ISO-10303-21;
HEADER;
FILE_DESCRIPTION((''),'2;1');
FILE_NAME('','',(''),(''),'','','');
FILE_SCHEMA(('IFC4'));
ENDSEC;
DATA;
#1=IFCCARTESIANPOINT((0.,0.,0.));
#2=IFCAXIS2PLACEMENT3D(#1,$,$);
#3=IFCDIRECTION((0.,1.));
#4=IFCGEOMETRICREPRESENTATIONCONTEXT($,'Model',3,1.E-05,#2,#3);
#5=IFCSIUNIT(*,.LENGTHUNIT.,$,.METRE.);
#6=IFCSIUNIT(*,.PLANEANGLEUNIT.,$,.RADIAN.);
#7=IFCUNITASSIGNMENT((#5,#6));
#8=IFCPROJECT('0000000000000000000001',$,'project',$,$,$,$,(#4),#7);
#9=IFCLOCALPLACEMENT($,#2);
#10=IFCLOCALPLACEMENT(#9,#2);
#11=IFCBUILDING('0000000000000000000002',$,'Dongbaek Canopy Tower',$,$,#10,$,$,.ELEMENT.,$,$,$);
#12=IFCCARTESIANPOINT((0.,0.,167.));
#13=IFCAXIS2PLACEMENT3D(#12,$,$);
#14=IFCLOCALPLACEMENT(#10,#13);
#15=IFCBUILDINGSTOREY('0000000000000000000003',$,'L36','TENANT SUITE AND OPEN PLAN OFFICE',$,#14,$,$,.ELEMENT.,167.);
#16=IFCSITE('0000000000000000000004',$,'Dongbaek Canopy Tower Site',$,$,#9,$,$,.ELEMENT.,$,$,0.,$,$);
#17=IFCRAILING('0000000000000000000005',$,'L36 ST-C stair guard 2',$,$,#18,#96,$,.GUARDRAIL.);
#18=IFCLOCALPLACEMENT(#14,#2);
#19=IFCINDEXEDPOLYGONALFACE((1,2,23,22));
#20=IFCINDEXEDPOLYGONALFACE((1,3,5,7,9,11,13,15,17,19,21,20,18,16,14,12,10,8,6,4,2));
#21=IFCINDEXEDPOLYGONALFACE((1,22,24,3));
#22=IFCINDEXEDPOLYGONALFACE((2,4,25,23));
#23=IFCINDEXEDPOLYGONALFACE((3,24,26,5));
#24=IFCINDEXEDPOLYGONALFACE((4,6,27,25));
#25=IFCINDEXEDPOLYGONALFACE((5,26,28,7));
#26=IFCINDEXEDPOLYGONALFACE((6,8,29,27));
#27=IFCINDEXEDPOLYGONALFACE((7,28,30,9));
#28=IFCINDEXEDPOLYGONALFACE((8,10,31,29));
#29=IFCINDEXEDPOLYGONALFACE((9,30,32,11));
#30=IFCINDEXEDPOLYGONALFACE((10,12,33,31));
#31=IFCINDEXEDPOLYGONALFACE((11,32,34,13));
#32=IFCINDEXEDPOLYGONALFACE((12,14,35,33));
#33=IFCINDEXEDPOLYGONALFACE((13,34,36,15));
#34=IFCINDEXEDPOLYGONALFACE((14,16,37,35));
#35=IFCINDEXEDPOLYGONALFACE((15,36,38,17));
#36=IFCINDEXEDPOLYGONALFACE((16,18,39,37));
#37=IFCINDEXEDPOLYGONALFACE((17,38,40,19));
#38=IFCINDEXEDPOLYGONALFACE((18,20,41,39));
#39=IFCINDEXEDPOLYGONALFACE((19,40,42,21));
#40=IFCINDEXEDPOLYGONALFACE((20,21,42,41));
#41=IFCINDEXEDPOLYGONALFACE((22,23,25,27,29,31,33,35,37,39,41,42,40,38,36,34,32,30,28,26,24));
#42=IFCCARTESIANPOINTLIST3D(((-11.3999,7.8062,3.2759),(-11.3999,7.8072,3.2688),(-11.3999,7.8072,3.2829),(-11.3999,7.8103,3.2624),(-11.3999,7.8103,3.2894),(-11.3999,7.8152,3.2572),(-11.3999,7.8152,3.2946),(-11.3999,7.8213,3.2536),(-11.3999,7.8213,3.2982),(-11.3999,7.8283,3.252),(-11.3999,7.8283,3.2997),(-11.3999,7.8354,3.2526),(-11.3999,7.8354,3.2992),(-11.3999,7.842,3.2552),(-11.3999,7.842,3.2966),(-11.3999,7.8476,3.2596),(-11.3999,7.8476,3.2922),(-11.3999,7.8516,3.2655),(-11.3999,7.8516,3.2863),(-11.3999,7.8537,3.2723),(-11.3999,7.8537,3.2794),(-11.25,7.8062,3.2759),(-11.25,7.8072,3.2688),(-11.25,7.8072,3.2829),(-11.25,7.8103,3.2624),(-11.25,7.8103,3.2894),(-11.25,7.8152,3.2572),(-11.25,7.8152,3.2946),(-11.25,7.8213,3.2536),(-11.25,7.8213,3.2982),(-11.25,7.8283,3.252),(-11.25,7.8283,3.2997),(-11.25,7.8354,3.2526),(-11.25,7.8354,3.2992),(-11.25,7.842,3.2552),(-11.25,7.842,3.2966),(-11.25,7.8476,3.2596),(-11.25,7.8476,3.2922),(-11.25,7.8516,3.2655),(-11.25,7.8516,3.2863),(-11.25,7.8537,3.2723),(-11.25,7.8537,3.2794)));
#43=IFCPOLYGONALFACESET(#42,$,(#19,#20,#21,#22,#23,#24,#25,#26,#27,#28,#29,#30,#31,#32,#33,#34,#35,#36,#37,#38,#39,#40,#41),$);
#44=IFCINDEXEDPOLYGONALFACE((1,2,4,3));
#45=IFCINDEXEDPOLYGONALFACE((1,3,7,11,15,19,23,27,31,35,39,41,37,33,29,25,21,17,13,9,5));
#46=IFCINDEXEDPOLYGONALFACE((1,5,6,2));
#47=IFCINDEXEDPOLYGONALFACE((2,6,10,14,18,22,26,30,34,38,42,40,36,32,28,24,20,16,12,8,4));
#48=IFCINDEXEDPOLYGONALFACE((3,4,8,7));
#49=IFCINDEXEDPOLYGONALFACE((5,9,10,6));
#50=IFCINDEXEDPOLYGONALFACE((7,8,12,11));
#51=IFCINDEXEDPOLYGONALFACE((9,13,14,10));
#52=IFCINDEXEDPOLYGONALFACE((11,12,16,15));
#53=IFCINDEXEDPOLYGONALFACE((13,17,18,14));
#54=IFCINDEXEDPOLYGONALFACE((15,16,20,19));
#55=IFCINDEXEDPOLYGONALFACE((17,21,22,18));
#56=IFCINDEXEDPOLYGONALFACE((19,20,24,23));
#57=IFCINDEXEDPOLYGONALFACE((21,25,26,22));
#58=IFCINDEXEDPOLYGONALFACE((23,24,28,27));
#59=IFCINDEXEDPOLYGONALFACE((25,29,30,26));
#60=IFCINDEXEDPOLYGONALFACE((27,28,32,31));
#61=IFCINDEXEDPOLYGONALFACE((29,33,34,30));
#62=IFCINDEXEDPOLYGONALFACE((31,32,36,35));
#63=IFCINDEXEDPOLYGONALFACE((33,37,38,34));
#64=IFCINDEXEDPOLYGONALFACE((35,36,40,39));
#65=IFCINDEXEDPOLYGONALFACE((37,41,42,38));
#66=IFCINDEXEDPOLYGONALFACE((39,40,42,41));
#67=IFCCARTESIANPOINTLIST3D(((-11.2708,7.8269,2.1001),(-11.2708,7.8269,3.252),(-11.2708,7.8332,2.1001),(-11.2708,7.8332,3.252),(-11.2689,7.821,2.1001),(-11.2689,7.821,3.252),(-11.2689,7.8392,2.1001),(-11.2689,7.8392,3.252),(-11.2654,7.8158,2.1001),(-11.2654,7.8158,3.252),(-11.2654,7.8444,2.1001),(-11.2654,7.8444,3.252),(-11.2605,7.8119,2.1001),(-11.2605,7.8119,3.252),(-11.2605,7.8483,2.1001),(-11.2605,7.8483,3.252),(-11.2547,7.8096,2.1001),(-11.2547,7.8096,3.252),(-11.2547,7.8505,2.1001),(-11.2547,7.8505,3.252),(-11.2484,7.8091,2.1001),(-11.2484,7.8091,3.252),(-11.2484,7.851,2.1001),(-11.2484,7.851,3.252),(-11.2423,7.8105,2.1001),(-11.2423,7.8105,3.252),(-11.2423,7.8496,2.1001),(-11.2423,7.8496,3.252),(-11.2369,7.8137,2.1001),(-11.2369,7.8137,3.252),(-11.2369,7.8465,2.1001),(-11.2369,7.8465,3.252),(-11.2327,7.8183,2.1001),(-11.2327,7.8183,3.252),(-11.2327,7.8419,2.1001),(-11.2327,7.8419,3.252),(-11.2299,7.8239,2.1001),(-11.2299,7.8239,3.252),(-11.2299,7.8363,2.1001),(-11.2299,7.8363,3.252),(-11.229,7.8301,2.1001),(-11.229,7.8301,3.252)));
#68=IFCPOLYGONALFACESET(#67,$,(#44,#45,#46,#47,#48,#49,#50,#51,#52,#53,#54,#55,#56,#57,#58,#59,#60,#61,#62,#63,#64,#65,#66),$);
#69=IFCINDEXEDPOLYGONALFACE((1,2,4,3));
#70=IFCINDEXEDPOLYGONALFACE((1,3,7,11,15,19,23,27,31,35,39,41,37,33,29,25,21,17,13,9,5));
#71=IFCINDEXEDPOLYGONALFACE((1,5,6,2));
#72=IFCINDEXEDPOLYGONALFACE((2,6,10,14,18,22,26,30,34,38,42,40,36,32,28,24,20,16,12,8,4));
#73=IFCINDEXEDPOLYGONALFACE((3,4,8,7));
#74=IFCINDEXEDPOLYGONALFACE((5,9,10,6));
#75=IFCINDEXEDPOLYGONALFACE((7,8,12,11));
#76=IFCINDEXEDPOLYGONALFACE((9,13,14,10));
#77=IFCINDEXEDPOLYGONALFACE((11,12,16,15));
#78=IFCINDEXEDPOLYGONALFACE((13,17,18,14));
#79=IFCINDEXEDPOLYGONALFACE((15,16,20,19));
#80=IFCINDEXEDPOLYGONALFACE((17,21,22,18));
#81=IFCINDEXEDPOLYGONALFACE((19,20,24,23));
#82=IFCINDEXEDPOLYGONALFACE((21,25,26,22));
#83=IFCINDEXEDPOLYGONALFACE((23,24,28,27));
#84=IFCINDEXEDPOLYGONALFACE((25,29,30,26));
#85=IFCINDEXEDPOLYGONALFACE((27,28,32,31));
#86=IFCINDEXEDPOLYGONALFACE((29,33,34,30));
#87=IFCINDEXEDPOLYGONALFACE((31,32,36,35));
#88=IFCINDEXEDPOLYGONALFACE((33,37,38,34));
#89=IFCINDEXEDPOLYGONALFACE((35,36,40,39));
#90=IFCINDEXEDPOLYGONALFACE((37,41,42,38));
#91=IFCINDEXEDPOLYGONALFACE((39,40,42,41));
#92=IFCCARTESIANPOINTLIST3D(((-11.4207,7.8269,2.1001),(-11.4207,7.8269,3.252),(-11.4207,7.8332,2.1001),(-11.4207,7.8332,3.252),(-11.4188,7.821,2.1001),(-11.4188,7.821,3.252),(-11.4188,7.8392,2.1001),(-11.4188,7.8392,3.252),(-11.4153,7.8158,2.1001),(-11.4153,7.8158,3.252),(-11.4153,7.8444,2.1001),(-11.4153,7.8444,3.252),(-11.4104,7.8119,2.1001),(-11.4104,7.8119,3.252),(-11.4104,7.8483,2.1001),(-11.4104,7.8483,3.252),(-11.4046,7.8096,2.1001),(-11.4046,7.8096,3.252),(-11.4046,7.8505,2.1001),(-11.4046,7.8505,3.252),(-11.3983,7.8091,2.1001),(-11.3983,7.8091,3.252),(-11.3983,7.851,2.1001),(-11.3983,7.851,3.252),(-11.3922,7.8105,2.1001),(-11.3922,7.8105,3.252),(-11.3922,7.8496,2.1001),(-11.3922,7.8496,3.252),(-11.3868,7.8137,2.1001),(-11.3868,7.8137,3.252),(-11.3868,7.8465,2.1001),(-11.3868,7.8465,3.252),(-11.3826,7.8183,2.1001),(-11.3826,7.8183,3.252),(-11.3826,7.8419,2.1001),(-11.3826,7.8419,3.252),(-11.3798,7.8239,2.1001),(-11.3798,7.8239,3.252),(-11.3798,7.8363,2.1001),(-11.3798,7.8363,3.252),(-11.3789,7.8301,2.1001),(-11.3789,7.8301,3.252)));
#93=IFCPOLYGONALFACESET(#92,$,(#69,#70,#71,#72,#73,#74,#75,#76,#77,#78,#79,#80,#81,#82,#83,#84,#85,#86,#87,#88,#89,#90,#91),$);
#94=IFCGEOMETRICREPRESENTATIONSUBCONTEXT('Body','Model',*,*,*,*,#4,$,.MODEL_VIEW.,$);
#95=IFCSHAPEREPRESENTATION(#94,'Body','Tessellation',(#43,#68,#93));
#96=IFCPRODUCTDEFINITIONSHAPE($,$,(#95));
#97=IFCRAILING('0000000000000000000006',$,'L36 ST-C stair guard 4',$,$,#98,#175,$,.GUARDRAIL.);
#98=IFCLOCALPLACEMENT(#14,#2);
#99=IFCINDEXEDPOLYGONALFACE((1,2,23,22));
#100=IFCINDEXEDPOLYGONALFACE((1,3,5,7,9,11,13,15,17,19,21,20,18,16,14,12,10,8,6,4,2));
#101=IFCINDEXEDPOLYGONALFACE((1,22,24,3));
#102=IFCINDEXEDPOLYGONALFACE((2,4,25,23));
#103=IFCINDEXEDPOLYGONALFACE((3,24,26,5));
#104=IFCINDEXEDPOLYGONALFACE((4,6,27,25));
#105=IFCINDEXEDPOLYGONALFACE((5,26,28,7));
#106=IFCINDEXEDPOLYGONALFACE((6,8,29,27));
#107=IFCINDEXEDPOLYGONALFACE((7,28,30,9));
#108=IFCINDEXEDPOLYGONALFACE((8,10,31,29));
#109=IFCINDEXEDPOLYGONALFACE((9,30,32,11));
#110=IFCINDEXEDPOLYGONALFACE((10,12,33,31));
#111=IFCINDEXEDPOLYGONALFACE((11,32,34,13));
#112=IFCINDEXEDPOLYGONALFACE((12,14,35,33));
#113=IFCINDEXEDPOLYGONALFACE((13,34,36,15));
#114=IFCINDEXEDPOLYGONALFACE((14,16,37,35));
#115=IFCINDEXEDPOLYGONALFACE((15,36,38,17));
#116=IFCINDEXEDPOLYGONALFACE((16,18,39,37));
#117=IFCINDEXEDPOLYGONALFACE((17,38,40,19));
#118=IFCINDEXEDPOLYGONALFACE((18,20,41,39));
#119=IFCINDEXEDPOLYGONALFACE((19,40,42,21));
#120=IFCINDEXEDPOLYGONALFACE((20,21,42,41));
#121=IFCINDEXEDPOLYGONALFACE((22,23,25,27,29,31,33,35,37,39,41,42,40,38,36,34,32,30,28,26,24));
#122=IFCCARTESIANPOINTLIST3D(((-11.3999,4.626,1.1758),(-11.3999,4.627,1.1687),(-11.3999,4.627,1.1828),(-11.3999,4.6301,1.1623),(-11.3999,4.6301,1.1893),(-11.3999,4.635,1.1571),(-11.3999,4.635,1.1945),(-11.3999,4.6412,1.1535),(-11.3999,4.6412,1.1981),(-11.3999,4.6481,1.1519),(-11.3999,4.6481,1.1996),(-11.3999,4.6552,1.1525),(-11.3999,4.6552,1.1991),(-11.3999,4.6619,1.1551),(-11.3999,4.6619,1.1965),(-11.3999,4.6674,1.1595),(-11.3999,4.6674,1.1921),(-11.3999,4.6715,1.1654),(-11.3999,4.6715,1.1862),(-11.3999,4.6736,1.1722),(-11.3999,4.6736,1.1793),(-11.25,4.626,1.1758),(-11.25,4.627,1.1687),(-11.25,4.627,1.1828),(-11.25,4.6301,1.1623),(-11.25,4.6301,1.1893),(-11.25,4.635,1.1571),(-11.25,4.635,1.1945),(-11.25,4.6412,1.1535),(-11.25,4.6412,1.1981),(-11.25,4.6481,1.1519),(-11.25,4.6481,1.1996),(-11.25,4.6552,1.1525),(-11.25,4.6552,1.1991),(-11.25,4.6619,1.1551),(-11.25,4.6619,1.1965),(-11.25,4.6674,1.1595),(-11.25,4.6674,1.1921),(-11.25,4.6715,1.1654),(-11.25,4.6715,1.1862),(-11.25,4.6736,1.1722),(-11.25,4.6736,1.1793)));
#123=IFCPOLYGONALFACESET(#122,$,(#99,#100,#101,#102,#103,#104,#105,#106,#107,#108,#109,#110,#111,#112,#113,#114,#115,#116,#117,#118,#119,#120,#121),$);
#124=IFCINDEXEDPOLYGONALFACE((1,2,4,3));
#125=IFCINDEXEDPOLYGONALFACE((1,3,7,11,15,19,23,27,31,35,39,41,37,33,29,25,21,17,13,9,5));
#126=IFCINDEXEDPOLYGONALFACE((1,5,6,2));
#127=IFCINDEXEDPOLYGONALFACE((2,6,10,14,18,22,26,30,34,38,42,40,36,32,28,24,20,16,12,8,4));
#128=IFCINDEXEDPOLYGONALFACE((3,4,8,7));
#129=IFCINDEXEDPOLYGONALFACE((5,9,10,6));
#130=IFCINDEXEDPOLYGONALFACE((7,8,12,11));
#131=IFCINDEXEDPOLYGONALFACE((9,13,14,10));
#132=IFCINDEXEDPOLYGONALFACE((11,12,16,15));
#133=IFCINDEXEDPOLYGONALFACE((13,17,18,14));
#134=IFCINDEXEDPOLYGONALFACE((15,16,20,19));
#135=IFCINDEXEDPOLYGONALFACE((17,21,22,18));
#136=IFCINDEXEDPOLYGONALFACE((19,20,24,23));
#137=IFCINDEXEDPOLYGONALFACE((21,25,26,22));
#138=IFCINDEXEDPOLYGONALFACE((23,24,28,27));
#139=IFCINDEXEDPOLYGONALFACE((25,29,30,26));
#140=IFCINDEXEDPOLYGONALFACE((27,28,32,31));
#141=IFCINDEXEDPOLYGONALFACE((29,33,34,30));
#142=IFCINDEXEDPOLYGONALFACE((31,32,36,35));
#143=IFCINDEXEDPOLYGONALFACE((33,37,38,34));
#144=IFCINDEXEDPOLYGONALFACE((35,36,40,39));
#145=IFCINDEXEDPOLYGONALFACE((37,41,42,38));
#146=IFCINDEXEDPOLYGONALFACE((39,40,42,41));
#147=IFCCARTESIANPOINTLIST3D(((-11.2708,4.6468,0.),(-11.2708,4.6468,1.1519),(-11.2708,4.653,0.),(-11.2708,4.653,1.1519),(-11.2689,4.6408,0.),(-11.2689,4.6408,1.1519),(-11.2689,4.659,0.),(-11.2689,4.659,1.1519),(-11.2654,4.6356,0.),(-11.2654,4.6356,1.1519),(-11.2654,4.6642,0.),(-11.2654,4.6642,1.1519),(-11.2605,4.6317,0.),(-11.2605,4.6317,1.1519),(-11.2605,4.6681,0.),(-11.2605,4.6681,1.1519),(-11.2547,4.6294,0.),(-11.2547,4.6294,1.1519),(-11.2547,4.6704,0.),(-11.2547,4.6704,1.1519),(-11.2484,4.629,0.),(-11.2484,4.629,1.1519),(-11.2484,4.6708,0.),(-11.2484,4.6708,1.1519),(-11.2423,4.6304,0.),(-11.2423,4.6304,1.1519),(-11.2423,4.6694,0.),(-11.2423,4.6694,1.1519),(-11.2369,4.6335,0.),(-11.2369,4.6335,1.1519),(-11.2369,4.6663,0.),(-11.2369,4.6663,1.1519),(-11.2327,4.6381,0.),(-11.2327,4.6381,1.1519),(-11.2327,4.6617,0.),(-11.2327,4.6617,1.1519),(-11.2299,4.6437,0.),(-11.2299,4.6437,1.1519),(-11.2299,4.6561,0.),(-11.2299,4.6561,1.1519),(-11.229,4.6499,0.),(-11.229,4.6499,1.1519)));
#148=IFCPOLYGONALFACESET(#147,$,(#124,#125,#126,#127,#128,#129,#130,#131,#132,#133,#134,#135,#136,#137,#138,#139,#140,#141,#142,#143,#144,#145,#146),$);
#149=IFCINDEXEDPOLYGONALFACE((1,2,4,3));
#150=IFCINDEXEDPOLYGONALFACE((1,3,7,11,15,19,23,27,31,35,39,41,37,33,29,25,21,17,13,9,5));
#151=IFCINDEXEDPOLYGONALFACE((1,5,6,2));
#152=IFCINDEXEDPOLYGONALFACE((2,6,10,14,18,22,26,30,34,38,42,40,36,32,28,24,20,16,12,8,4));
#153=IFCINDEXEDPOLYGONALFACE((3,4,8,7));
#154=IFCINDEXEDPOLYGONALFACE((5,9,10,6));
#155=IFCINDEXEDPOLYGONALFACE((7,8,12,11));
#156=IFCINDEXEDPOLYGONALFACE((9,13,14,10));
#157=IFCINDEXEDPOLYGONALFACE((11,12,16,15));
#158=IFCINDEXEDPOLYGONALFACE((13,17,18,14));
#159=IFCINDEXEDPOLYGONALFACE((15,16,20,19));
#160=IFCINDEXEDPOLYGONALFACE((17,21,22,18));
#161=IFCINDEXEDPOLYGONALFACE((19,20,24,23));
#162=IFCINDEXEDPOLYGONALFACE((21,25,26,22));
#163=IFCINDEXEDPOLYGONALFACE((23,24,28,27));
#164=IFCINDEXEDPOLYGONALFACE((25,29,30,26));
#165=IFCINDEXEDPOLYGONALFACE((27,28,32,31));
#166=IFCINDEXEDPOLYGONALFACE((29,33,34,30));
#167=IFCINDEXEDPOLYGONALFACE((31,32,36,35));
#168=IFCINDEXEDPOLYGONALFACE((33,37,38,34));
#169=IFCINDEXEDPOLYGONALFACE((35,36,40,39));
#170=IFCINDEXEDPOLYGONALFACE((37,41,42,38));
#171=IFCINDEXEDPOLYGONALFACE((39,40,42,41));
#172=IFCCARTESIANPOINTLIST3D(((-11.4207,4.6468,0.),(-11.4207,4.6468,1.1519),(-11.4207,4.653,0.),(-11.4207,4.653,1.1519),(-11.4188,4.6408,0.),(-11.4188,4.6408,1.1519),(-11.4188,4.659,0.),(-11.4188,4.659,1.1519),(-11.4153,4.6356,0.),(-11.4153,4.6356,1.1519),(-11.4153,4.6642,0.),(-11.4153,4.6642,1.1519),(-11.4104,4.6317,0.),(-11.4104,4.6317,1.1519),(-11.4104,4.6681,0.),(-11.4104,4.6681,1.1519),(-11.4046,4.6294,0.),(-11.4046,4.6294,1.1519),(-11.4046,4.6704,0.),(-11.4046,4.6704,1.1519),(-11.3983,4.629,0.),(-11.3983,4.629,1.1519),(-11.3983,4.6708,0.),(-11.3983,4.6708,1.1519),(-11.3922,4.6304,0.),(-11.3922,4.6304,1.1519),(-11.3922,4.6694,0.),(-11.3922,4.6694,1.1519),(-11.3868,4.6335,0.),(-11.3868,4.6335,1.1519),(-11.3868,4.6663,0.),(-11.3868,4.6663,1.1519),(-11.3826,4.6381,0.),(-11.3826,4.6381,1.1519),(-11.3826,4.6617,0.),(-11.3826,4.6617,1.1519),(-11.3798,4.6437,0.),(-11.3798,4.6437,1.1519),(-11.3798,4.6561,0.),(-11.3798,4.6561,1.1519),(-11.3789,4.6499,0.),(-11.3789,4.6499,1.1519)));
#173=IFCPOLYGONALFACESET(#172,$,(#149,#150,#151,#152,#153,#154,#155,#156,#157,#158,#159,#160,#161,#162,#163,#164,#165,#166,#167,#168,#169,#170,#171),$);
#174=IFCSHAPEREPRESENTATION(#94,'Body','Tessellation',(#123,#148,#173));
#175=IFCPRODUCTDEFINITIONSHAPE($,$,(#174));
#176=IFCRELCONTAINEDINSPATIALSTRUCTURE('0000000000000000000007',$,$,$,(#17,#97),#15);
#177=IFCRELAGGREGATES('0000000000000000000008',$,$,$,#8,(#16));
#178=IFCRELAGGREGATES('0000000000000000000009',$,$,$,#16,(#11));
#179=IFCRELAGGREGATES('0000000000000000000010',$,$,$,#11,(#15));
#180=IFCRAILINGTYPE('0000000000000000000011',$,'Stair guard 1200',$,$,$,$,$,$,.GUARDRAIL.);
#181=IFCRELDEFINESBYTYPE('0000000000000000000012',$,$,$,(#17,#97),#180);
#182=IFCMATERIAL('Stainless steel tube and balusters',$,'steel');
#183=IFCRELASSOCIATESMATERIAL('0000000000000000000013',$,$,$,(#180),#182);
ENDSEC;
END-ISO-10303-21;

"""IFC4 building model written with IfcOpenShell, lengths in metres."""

from ifc_helpers import new_model, si_unit, direction, frame, origin, origin_2d, place, context, subcontext, project, spatial, circle, extrude, material, type_object, element, save


model = new_model("IFC4")

# Units and contexts
model_context = context("Model", 3, precision=1e-05, world=origin(), true_north=direction((0.0, 1.0)))
body_context = subcontext(model_context, "Body", "Model", "MODEL_VIEW")
ifc_project = project(units=[si_unit("LENGTHUNIT", "METRE"), si_unit("PLANEANGLEUNIT", "RADIAN")], contexts=[model_context])

# Site, building, storey
site_placement = place(None, origin())
site = spatial("IfcSite", under=ifc_project, at=site_placement, Name="Dongbaek Canopy Tower Site", CompositionType="ELEMENT", RefElevation=0.0)
building_placement = place(site_placement, origin())
building = spatial("IfcBuilding", under=site, at=building_placement, Name="Dongbaek Canopy Tower", CompositionType="ELEMENT")
storey_placement = place(building_placement, frame((0.0, 0.0, 167.0)))
storey = spatial("IfcBuildingStorey", under=building, at=storey_placement, Name="L36", Description="TENANT SUITE AND OPEN PLAN OFFICE", CompositionType="ELEMENT", Elevation=167.0)

# Railings
ifc_material_1 = material(Name="Stainless steel tube and balusters", Category="steel")
railing_type_1 = type_object("IfcRailingType", Name="Stair guard 1200", PredefinedType="GUARDRAIL", material=ifc_material_1)
for number, where, name in (
    (1, (-11.25, 7.8301, 2.1001), "L36 ST-C stair guard 2"),
    (2, (-11.25, 4.6499, 0.0), "L36 ST-C stair guard 4"),
):
    element("IfcRailing", number, at=place(storey_placement, frame(where)), inside=storey, type_object=railing_type_1, Name=name, PredefinedType="GUARDRAIL", context=body_context, shape_type="SweptSolid", body=[
        extrude(circle(Radius=0.0239, at=origin_2d()), frame((0.0, 0.0, 1.1758), z_axis=(-1.0, 0.0, 0.0), x_axis=(0.0, -1.0, 0.0)), (0.0, 0.0, 1.0), 0.1499),
        extrude(circle(Radius=0.021, at=origin_2d()), origin(), (0.0, 0.0, 1.0), 1.1519),
        extrude(circle(Radius=0.021, at=origin_2d()), frame((-0.1499, 0.0, 0.0)), (0.0, 0.0, 1.0), 1.1519),
    ])

save(model, "model.ifc")
